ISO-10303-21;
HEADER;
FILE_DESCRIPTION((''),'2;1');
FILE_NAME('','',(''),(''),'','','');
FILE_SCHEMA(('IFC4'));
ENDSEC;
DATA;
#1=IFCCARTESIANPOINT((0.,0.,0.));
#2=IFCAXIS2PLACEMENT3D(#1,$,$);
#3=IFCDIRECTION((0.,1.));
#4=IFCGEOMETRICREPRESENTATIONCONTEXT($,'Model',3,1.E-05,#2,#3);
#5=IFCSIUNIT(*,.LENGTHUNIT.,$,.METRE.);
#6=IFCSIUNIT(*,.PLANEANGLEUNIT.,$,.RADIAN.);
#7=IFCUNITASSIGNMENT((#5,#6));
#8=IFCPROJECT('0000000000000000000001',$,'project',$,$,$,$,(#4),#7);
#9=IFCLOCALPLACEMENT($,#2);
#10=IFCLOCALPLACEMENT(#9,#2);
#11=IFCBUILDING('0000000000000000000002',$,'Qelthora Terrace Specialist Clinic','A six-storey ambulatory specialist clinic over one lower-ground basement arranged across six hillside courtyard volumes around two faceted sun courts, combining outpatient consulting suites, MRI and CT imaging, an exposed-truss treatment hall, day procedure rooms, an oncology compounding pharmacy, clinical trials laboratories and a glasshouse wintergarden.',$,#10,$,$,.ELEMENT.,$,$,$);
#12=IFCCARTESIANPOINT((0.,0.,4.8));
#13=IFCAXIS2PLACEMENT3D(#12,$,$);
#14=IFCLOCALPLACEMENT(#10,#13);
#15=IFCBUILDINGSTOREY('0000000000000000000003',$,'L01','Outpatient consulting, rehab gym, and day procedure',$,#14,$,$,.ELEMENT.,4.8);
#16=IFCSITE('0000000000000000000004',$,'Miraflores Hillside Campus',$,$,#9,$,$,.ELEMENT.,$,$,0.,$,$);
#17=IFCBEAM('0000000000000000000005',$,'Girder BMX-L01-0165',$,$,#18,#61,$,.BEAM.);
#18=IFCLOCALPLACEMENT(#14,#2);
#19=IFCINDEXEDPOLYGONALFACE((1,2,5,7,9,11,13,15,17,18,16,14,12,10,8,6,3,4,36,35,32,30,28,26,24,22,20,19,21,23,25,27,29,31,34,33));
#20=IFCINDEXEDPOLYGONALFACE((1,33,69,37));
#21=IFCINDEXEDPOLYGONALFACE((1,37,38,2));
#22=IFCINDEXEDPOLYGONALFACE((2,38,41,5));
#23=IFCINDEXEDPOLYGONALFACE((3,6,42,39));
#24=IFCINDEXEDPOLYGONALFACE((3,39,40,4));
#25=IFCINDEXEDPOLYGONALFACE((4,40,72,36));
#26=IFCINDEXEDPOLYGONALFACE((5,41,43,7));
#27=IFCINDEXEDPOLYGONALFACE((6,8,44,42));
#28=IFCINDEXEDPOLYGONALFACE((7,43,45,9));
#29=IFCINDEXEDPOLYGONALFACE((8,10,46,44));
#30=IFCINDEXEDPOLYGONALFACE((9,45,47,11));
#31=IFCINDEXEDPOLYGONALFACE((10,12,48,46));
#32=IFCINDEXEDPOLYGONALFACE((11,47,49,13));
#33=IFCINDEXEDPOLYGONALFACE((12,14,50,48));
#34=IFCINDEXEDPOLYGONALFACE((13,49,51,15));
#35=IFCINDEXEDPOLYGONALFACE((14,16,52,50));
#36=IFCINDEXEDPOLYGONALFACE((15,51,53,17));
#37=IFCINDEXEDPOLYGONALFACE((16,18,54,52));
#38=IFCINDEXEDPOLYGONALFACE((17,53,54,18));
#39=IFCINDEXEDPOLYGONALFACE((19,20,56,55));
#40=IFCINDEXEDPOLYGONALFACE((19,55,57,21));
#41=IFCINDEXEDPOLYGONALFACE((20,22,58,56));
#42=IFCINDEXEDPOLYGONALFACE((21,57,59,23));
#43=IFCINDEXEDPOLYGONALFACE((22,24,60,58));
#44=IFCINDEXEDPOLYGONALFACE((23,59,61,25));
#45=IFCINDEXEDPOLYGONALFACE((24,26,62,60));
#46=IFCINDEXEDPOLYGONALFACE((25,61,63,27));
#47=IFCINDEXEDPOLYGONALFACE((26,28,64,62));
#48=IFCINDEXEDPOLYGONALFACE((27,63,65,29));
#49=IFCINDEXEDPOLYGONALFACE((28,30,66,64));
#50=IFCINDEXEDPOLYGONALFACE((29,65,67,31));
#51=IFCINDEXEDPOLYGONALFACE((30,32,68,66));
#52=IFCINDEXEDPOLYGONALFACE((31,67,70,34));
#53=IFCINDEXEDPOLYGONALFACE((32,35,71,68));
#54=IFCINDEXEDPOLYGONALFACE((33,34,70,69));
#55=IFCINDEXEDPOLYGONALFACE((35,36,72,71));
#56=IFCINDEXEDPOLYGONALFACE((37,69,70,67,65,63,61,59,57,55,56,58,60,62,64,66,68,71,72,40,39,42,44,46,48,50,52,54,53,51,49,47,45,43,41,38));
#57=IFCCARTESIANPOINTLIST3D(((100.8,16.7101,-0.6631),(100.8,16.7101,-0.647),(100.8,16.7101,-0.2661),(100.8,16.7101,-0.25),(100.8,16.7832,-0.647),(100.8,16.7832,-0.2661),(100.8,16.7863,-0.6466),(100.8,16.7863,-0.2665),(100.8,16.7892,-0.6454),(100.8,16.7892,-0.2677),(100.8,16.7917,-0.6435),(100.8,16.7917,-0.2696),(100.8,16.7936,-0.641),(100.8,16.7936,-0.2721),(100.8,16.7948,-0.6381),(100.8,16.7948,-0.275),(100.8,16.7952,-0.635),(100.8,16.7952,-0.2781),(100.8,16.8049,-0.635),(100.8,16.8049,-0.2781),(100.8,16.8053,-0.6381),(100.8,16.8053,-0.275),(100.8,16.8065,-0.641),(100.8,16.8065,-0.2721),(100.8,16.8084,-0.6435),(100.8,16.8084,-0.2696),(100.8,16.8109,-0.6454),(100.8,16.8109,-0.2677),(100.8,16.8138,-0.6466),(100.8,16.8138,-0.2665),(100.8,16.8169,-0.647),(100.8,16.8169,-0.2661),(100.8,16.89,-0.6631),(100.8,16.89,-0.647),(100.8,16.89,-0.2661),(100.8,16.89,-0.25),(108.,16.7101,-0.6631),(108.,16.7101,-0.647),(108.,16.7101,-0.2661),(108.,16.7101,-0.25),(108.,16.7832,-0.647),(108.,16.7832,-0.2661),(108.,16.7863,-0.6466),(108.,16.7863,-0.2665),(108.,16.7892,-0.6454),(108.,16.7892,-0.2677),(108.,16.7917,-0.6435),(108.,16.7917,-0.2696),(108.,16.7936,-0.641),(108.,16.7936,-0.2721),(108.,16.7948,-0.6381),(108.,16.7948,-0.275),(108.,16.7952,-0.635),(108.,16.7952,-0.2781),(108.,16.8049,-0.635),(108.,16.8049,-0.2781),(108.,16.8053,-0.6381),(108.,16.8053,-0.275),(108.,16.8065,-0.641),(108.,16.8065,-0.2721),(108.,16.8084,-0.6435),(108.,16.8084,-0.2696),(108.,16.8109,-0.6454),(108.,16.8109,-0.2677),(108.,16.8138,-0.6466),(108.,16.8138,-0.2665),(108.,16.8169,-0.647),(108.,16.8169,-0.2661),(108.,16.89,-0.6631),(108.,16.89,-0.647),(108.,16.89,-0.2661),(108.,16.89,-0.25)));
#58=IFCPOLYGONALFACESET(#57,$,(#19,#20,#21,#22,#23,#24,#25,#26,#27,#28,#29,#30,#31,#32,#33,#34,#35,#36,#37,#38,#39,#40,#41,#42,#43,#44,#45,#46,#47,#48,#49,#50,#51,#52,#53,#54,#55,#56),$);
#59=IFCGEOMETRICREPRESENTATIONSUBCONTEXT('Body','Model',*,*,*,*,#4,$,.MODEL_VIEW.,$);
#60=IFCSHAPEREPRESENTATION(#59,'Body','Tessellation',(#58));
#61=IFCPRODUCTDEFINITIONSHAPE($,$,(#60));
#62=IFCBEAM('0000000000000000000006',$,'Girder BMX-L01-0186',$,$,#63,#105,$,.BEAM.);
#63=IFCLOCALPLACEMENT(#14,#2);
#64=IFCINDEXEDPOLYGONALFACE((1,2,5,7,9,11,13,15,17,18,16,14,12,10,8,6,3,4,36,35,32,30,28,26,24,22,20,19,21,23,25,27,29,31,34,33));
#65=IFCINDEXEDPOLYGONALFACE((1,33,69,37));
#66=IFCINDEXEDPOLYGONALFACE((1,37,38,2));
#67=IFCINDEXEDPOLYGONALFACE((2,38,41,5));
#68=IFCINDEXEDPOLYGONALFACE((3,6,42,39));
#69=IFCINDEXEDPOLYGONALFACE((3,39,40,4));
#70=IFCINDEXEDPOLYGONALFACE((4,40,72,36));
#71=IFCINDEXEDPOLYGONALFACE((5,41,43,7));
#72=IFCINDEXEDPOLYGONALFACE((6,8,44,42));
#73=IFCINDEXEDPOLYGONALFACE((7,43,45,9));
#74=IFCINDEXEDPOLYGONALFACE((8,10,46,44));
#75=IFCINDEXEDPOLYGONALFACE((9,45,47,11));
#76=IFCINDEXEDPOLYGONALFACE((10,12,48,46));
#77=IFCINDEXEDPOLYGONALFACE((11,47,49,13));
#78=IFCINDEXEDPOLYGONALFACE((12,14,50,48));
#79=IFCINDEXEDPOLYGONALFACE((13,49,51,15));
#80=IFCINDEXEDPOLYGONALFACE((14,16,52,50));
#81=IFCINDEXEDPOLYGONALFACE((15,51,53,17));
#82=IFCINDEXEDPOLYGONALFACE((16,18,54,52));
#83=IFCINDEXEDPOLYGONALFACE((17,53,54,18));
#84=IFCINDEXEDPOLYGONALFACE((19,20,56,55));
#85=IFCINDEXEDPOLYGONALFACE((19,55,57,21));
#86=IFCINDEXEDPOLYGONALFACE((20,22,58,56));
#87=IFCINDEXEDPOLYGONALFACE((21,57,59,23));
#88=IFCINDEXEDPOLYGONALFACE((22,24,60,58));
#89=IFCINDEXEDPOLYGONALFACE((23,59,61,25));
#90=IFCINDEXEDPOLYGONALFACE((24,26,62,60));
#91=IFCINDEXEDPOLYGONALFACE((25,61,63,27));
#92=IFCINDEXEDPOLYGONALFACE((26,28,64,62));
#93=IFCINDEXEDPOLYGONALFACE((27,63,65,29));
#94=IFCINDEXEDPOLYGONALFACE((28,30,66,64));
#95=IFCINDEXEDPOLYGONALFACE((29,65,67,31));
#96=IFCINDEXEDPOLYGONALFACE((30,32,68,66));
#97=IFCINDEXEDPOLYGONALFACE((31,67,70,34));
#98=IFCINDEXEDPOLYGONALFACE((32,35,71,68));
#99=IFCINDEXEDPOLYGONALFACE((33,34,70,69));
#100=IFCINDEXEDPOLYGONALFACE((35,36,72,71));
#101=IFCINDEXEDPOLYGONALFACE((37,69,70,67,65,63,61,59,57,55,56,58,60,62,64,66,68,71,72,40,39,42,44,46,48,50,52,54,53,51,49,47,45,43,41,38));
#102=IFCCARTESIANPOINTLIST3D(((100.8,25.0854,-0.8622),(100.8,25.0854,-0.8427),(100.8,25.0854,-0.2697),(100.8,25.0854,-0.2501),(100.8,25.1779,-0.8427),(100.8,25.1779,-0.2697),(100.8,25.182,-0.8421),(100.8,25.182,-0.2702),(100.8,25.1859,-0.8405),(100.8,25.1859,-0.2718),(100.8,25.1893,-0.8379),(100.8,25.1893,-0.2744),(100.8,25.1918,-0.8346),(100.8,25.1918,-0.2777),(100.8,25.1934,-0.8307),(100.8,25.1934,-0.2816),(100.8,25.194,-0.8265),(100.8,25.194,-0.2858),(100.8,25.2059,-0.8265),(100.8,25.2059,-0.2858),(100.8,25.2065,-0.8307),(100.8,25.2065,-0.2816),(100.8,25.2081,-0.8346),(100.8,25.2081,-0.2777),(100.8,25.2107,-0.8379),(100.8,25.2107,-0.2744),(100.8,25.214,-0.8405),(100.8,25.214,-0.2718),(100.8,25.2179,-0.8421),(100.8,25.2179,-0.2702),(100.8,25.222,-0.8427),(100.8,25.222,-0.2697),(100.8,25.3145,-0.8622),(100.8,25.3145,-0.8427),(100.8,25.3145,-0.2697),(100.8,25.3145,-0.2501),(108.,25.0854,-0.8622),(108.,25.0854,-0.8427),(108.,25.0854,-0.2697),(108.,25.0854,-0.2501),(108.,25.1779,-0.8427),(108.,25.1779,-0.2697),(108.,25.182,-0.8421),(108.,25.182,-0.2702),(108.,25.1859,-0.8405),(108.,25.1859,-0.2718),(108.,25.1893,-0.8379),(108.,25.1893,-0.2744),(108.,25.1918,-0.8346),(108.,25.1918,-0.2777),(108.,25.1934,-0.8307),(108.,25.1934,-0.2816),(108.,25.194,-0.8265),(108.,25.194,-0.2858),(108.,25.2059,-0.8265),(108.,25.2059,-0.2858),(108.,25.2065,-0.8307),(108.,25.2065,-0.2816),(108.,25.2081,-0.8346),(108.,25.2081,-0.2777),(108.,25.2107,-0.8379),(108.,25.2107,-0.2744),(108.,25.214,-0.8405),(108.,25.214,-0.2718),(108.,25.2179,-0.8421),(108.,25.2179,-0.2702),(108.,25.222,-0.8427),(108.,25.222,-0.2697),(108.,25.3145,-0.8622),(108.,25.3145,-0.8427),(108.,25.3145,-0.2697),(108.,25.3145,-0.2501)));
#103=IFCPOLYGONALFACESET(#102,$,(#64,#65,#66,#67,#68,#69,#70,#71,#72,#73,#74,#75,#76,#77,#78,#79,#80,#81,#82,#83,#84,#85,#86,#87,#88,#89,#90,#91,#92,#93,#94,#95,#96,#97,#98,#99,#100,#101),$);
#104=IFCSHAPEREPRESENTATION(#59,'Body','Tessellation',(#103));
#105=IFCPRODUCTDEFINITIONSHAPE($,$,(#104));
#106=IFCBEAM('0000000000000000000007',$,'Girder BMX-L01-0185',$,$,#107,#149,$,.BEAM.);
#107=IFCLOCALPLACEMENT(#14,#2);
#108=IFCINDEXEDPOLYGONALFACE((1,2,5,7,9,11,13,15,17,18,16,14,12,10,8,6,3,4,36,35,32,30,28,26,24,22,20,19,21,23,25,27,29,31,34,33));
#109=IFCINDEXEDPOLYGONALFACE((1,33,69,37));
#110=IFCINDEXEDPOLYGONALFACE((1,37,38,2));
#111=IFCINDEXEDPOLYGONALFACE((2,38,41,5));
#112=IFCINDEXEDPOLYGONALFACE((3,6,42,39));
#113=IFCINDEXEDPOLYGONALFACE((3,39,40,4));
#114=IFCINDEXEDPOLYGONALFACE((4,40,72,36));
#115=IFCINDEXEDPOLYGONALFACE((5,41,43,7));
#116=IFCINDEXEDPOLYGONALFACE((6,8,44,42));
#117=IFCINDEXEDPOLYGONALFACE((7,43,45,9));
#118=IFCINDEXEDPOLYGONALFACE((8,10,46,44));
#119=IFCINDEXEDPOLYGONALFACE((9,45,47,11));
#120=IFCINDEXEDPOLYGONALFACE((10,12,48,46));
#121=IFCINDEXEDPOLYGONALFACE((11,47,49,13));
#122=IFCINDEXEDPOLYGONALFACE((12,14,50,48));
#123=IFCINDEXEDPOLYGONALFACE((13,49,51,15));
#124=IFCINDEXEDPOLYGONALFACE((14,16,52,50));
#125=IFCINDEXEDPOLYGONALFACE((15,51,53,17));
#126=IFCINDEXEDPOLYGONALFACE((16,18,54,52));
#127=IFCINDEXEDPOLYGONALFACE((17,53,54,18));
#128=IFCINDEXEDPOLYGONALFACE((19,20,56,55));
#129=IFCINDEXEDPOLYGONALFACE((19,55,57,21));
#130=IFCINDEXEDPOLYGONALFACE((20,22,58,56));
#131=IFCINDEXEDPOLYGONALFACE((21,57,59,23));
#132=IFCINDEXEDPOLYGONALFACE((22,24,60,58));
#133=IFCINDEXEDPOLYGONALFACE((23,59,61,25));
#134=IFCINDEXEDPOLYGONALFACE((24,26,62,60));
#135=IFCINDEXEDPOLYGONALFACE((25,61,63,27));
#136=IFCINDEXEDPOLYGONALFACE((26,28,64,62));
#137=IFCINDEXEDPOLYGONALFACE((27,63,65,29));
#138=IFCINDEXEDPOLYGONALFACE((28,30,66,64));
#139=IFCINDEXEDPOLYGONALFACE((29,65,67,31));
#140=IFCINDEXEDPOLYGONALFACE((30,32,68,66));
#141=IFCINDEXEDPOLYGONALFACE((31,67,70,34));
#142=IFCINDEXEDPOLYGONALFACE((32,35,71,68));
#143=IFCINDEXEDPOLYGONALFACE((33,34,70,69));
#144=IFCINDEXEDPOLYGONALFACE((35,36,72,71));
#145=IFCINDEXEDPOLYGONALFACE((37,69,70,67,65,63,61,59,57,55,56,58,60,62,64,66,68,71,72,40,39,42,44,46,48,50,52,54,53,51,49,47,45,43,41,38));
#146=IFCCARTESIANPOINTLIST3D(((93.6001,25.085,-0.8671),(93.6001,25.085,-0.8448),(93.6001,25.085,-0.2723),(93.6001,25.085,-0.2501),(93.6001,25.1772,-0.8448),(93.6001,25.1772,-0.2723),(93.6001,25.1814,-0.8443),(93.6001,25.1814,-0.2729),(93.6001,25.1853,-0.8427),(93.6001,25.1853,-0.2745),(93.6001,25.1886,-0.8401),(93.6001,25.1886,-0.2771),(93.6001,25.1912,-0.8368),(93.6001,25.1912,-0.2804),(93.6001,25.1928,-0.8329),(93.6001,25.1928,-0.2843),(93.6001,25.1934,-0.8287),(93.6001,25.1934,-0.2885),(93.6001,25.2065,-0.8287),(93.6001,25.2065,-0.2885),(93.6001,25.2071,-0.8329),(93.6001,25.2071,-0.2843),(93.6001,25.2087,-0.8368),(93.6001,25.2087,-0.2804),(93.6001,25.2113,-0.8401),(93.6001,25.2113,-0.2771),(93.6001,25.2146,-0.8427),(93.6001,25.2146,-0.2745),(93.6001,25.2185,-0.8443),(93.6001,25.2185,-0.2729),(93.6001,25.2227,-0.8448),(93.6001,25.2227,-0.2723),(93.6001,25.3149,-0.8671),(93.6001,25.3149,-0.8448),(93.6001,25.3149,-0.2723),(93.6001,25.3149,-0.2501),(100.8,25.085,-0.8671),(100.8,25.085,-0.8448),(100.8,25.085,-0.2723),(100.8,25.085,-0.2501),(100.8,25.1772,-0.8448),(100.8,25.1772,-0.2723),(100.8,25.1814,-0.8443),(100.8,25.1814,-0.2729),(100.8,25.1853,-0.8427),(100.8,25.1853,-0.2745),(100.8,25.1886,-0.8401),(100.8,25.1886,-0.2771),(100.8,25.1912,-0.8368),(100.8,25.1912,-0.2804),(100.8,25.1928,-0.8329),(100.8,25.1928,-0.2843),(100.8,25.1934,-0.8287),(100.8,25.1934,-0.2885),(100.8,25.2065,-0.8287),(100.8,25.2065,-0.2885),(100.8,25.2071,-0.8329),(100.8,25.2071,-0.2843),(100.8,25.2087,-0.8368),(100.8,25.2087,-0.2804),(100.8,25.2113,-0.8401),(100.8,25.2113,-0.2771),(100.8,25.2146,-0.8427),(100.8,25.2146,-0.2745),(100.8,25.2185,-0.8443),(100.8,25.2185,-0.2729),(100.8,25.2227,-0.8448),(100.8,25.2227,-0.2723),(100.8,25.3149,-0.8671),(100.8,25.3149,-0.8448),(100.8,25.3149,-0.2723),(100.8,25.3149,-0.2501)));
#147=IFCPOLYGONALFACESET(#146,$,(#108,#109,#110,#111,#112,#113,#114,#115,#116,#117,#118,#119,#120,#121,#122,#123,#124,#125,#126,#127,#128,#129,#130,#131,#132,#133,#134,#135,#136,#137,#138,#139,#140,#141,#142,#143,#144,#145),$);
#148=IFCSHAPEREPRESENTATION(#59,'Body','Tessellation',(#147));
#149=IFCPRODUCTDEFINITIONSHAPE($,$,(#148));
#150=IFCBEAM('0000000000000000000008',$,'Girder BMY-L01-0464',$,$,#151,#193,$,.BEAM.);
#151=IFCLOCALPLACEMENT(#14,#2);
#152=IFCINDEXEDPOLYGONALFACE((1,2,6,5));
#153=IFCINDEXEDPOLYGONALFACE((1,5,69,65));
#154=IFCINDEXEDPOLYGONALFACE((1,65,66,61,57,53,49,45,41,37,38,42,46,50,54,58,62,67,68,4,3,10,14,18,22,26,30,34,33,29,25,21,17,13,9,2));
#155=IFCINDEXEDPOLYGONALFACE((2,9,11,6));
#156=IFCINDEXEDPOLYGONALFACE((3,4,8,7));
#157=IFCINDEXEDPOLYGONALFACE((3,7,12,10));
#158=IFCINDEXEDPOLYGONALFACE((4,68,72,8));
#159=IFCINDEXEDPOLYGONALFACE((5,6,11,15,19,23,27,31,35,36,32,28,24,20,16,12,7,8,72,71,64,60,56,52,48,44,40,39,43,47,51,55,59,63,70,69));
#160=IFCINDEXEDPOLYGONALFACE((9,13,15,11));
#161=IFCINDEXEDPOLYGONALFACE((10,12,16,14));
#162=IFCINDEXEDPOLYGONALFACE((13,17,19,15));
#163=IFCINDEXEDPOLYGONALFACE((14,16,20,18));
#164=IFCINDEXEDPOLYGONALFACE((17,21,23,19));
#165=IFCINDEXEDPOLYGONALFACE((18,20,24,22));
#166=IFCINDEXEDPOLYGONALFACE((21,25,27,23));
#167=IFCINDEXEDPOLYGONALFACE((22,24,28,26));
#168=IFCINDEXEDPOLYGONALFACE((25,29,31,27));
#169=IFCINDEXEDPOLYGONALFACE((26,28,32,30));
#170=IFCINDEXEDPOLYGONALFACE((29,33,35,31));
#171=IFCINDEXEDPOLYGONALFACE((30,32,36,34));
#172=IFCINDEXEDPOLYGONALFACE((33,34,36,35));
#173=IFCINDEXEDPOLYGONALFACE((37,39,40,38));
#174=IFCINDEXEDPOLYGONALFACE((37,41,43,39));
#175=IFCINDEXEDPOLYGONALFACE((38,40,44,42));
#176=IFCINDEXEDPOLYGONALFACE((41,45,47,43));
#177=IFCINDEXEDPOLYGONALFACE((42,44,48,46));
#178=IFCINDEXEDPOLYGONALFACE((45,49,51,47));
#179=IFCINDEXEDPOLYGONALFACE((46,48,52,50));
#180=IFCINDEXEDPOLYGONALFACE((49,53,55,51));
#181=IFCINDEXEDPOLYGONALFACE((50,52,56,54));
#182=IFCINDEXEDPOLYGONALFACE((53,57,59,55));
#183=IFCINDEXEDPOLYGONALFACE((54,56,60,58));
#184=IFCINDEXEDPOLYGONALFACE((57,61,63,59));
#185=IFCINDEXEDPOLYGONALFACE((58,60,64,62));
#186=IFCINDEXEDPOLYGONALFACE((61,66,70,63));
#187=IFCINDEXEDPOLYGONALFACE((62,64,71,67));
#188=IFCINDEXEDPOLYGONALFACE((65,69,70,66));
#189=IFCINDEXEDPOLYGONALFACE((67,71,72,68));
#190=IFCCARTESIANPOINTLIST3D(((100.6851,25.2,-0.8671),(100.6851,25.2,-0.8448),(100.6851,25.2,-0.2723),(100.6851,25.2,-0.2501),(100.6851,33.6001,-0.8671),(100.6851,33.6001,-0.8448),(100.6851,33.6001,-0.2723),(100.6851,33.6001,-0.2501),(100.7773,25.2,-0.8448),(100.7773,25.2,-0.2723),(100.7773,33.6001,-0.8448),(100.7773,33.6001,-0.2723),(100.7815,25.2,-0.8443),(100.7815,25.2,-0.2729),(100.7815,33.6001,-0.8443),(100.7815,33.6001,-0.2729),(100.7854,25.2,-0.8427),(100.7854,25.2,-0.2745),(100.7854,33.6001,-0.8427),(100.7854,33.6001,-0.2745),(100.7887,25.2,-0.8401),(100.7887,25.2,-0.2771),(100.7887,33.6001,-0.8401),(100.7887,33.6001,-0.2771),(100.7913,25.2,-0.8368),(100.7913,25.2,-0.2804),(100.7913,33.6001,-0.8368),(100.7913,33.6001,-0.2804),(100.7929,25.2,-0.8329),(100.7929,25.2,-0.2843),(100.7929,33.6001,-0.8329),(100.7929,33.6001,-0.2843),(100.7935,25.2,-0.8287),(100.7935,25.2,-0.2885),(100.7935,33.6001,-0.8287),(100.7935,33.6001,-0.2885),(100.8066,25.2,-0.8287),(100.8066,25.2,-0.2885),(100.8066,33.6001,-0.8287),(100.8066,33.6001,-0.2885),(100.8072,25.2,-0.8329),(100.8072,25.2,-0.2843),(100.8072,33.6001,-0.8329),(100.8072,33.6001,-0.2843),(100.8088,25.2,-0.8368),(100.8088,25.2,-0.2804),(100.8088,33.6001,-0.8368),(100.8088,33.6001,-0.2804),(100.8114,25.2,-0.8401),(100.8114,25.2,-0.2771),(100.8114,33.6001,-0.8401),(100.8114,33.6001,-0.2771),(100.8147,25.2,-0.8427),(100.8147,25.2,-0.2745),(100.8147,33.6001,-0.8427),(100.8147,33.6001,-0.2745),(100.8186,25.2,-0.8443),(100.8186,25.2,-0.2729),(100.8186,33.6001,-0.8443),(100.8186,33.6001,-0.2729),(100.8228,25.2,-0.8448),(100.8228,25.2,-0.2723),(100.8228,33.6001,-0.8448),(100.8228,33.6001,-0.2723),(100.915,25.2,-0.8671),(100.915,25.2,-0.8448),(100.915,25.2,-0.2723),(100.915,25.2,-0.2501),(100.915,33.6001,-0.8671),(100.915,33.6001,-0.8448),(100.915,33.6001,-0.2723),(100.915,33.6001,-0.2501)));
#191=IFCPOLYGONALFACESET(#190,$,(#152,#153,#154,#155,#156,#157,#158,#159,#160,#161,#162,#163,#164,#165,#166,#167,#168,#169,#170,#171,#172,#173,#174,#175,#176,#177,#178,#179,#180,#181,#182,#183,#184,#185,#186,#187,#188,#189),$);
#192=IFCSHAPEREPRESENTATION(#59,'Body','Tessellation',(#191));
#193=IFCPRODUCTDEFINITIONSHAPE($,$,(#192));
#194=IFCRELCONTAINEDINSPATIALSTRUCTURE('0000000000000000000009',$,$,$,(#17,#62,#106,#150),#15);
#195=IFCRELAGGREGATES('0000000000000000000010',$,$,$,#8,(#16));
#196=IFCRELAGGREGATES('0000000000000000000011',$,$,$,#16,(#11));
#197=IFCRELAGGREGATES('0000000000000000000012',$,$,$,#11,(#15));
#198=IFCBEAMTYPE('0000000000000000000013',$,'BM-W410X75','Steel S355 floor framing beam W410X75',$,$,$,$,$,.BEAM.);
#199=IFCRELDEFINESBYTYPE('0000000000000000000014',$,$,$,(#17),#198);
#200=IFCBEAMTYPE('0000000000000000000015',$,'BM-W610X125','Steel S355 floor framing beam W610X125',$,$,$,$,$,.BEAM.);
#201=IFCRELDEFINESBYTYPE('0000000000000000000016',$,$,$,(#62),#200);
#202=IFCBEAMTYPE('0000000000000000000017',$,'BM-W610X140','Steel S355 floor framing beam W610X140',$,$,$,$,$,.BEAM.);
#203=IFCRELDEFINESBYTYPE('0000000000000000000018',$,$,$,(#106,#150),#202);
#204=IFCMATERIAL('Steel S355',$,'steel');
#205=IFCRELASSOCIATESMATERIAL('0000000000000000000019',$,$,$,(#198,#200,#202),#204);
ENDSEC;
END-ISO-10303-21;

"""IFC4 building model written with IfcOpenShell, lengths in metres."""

from ifc_helpers import new_model, si_unit, direction, frame, origin, origin_2d, place, context, subcontext, project, spatial, i_section, extrude, material, material_profile, profile_set, type_object, element, save


model = new_model("IFC4")

# Units and contexts
model_context = context("Model", 3, precision=1e-05, world=origin(), true_north=direction((0.0, 1.0)))
body_context = subcontext(model_context, "Body", "Model", "MODEL_VIEW")
ifc_project = project(units=[si_unit("LENGTHUNIT", "METRE"), si_unit("PLANEANGLEUNIT", "RADIAN")], contexts=[model_context])

# Site, building, storey
site_placement = place(None, origin())
site = spatial("IfcSite", under=ifc_project, at=site_placement, Name="Miraflores Hillside Campus", CompositionType="ELEMENT", RefElevation=0.0)
building_placement = place(site_placement, origin())
building = spatial("IfcBuilding", under=site, at=building_placement, Name="Qelthora Terrace Specialist Clinic", Description="A six-storey ambulatory specialist clinic over one lower-ground basement arranged across six hillside courtyard volumes around two faceted sun courts, combining outpatient consulting suites, MRI and CT imaging, an exposed-truss treatment hall, day procedure rooms, an oncology compounding pharmacy, clinical trials laboratories and a glasshouse wintergarden.", CompositionType="ELEMENT")
storey_placement = place(building_placement, frame((0.0, 0.0, 4.8)))
storey = spatial("IfcBuildingStorey", under=building, at=storey_placement, Name="L01", Description="Outpatient consulting, rehab gym, and day procedure", CompositionType="ELEMENT", Elevation=4.8)

# Shared definitions
ifc_material_1 = material(Name="Steel S355", Category="steel")

# Beams
ifc_material_profile_1 = material_profile(ifc_material_1, i_section(OverallWidth=0.1799, OverallDepth=0.4131, WebThickness=0.0098, FlangeThickness=0.0161, FilletRadius=0.012, at=origin_2d()), Name="W410X75")
ifc_profile_set_1 = profile_set([ifc_material_profile_1], Name="Steel S355")
beam_type_1 = type_object("IfcBeamType", Name="BM-W410X75", Description="Steel S355 floor framing beam W410X75", PredefinedType="BEAM", material=ifc_profile_set_1)
beam_1_placement = place(storey_placement, frame((100.8, 16.8, -0.4565), z_axis=(1.0, 0.0, 0.0), x_axis=(0.0, 1.0, 0.0)))
element("IfcBeam", 1, at=beam_1_placement, inside=storey, type_object=beam_type_1, Name="Girder BMX-L01-0165", PredefinedType="BEAM", context=body_context, shape_type="SweptSolid", body=[
    extrude(i_section(OverallWidth=0.1799, OverallDepth=0.4131, WebThickness=0.0098, FlangeThickness=0.0161, FilletRadius=0.012, at=origin_2d()), origin(), (0.0, 0.0, 1.0), 7.2),
])
ifc_material_profile_2 = material_profile(ifc_material_1, i_section(OverallWidth=0.229, OverallDepth=0.6121, WebThickness=0.012, FlangeThickness=0.0195, FilletRadius=0.0161, at=origin_2d()), Name="W610X125")
ifc_profile_set_2 = profile_set([ifc_material_profile_2], Name="Steel S355")
beam_type_2 = type_object("IfcBeamType", Name="BM-W610X125", Description="Steel S355 floor framing beam W610X125", PredefinedType="BEAM", material=ifc_profile_set_2)
beam_2_placement = place(storey_placement, frame((100.8, 25.2, -0.5562), z_axis=(1.0, 0.0, 0.0), x_axis=(0.0, 1.0, 0.0)))
element("IfcBeam", 2, at=beam_2_placement, inside=storey, type_object=beam_type_2, Name="Girder BMX-L01-0186", PredefinedType="BEAM", context=body_context, shape_type="SweptSolid", body=[
    extrude(i_section(OverallWidth=0.229, OverallDepth=0.6121, WebThickness=0.012, FlangeThickness=0.0195, FilletRadius=0.0161, at=origin_2d()), origin(), (0.0, 0.0, 1.0), 7.2),
])
ifc_material_profile_3 = material_profile(ifc_material_1, i_section(OverallWidth=0.23, OverallDepth=0.6169, WebThickness=0.0132, FlangeThickness=0.0222, FilletRadius=0.0161, at=origin_2d()), Name="W610X140")
ifc_profile_set_3 = profile_set([ifc_material_profile_3], Name="Steel S355")
beam_type_3 = type_object("IfcBeamType", Name="BM-W610X140", Description="Steel S355 floor framing beam W610X140", PredefinedType="BEAM", material=ifc_profile_set_3)
beam_3_placement = place(storey_placement, frame((93.6001, 25.2, -0.5586), z_axis=(1.0, 0.0, 0.0), x_axis=(0.0, 1.0, 0.0)))
element("IfcBeam", 3, at=beam_3_placement, inside=storey, type_object=beam_type_3, Name="Girder BMX-L01-0185", PredefinedType="BEAM", context=body_context, shape_type="SweptSolid", body=[
    extrude(i_section(OverallWidth=0.23, OverallDepth=0.6169, WebThickness=0.0132, FlangeThickness=0.0222, FilletRadius=0.0161, at=origin_2d()), origin(), (0.0, 0.0, 1.0), 7.2),
])
beam_4_placement = place(storey_placement, frame((100.8, 25.2, -0.5586), z_axis=(0.0, 1.0, 0.0), x_axis=(-1.0, 0.0, 0.0)))
element("IfcBeam", 4, at=beam_4_placement, inside=storey, type_object=beam_type_3, Name="Girder BMY-L01-0464", PredefinedType="BEAM", context=body_context, shape_type="SweptSolid", body=[
    extrude(i_section(OverallWidth=0.23, OverallDepth=0.6169, WebThickness=0.0132, FlangeThickness=0.0222, FilletRadius=0.0161, at=origin_2d()), origin(), (0.0, 0.0, 1.0), 8.4001),
])

save(model, "model.ifc")
